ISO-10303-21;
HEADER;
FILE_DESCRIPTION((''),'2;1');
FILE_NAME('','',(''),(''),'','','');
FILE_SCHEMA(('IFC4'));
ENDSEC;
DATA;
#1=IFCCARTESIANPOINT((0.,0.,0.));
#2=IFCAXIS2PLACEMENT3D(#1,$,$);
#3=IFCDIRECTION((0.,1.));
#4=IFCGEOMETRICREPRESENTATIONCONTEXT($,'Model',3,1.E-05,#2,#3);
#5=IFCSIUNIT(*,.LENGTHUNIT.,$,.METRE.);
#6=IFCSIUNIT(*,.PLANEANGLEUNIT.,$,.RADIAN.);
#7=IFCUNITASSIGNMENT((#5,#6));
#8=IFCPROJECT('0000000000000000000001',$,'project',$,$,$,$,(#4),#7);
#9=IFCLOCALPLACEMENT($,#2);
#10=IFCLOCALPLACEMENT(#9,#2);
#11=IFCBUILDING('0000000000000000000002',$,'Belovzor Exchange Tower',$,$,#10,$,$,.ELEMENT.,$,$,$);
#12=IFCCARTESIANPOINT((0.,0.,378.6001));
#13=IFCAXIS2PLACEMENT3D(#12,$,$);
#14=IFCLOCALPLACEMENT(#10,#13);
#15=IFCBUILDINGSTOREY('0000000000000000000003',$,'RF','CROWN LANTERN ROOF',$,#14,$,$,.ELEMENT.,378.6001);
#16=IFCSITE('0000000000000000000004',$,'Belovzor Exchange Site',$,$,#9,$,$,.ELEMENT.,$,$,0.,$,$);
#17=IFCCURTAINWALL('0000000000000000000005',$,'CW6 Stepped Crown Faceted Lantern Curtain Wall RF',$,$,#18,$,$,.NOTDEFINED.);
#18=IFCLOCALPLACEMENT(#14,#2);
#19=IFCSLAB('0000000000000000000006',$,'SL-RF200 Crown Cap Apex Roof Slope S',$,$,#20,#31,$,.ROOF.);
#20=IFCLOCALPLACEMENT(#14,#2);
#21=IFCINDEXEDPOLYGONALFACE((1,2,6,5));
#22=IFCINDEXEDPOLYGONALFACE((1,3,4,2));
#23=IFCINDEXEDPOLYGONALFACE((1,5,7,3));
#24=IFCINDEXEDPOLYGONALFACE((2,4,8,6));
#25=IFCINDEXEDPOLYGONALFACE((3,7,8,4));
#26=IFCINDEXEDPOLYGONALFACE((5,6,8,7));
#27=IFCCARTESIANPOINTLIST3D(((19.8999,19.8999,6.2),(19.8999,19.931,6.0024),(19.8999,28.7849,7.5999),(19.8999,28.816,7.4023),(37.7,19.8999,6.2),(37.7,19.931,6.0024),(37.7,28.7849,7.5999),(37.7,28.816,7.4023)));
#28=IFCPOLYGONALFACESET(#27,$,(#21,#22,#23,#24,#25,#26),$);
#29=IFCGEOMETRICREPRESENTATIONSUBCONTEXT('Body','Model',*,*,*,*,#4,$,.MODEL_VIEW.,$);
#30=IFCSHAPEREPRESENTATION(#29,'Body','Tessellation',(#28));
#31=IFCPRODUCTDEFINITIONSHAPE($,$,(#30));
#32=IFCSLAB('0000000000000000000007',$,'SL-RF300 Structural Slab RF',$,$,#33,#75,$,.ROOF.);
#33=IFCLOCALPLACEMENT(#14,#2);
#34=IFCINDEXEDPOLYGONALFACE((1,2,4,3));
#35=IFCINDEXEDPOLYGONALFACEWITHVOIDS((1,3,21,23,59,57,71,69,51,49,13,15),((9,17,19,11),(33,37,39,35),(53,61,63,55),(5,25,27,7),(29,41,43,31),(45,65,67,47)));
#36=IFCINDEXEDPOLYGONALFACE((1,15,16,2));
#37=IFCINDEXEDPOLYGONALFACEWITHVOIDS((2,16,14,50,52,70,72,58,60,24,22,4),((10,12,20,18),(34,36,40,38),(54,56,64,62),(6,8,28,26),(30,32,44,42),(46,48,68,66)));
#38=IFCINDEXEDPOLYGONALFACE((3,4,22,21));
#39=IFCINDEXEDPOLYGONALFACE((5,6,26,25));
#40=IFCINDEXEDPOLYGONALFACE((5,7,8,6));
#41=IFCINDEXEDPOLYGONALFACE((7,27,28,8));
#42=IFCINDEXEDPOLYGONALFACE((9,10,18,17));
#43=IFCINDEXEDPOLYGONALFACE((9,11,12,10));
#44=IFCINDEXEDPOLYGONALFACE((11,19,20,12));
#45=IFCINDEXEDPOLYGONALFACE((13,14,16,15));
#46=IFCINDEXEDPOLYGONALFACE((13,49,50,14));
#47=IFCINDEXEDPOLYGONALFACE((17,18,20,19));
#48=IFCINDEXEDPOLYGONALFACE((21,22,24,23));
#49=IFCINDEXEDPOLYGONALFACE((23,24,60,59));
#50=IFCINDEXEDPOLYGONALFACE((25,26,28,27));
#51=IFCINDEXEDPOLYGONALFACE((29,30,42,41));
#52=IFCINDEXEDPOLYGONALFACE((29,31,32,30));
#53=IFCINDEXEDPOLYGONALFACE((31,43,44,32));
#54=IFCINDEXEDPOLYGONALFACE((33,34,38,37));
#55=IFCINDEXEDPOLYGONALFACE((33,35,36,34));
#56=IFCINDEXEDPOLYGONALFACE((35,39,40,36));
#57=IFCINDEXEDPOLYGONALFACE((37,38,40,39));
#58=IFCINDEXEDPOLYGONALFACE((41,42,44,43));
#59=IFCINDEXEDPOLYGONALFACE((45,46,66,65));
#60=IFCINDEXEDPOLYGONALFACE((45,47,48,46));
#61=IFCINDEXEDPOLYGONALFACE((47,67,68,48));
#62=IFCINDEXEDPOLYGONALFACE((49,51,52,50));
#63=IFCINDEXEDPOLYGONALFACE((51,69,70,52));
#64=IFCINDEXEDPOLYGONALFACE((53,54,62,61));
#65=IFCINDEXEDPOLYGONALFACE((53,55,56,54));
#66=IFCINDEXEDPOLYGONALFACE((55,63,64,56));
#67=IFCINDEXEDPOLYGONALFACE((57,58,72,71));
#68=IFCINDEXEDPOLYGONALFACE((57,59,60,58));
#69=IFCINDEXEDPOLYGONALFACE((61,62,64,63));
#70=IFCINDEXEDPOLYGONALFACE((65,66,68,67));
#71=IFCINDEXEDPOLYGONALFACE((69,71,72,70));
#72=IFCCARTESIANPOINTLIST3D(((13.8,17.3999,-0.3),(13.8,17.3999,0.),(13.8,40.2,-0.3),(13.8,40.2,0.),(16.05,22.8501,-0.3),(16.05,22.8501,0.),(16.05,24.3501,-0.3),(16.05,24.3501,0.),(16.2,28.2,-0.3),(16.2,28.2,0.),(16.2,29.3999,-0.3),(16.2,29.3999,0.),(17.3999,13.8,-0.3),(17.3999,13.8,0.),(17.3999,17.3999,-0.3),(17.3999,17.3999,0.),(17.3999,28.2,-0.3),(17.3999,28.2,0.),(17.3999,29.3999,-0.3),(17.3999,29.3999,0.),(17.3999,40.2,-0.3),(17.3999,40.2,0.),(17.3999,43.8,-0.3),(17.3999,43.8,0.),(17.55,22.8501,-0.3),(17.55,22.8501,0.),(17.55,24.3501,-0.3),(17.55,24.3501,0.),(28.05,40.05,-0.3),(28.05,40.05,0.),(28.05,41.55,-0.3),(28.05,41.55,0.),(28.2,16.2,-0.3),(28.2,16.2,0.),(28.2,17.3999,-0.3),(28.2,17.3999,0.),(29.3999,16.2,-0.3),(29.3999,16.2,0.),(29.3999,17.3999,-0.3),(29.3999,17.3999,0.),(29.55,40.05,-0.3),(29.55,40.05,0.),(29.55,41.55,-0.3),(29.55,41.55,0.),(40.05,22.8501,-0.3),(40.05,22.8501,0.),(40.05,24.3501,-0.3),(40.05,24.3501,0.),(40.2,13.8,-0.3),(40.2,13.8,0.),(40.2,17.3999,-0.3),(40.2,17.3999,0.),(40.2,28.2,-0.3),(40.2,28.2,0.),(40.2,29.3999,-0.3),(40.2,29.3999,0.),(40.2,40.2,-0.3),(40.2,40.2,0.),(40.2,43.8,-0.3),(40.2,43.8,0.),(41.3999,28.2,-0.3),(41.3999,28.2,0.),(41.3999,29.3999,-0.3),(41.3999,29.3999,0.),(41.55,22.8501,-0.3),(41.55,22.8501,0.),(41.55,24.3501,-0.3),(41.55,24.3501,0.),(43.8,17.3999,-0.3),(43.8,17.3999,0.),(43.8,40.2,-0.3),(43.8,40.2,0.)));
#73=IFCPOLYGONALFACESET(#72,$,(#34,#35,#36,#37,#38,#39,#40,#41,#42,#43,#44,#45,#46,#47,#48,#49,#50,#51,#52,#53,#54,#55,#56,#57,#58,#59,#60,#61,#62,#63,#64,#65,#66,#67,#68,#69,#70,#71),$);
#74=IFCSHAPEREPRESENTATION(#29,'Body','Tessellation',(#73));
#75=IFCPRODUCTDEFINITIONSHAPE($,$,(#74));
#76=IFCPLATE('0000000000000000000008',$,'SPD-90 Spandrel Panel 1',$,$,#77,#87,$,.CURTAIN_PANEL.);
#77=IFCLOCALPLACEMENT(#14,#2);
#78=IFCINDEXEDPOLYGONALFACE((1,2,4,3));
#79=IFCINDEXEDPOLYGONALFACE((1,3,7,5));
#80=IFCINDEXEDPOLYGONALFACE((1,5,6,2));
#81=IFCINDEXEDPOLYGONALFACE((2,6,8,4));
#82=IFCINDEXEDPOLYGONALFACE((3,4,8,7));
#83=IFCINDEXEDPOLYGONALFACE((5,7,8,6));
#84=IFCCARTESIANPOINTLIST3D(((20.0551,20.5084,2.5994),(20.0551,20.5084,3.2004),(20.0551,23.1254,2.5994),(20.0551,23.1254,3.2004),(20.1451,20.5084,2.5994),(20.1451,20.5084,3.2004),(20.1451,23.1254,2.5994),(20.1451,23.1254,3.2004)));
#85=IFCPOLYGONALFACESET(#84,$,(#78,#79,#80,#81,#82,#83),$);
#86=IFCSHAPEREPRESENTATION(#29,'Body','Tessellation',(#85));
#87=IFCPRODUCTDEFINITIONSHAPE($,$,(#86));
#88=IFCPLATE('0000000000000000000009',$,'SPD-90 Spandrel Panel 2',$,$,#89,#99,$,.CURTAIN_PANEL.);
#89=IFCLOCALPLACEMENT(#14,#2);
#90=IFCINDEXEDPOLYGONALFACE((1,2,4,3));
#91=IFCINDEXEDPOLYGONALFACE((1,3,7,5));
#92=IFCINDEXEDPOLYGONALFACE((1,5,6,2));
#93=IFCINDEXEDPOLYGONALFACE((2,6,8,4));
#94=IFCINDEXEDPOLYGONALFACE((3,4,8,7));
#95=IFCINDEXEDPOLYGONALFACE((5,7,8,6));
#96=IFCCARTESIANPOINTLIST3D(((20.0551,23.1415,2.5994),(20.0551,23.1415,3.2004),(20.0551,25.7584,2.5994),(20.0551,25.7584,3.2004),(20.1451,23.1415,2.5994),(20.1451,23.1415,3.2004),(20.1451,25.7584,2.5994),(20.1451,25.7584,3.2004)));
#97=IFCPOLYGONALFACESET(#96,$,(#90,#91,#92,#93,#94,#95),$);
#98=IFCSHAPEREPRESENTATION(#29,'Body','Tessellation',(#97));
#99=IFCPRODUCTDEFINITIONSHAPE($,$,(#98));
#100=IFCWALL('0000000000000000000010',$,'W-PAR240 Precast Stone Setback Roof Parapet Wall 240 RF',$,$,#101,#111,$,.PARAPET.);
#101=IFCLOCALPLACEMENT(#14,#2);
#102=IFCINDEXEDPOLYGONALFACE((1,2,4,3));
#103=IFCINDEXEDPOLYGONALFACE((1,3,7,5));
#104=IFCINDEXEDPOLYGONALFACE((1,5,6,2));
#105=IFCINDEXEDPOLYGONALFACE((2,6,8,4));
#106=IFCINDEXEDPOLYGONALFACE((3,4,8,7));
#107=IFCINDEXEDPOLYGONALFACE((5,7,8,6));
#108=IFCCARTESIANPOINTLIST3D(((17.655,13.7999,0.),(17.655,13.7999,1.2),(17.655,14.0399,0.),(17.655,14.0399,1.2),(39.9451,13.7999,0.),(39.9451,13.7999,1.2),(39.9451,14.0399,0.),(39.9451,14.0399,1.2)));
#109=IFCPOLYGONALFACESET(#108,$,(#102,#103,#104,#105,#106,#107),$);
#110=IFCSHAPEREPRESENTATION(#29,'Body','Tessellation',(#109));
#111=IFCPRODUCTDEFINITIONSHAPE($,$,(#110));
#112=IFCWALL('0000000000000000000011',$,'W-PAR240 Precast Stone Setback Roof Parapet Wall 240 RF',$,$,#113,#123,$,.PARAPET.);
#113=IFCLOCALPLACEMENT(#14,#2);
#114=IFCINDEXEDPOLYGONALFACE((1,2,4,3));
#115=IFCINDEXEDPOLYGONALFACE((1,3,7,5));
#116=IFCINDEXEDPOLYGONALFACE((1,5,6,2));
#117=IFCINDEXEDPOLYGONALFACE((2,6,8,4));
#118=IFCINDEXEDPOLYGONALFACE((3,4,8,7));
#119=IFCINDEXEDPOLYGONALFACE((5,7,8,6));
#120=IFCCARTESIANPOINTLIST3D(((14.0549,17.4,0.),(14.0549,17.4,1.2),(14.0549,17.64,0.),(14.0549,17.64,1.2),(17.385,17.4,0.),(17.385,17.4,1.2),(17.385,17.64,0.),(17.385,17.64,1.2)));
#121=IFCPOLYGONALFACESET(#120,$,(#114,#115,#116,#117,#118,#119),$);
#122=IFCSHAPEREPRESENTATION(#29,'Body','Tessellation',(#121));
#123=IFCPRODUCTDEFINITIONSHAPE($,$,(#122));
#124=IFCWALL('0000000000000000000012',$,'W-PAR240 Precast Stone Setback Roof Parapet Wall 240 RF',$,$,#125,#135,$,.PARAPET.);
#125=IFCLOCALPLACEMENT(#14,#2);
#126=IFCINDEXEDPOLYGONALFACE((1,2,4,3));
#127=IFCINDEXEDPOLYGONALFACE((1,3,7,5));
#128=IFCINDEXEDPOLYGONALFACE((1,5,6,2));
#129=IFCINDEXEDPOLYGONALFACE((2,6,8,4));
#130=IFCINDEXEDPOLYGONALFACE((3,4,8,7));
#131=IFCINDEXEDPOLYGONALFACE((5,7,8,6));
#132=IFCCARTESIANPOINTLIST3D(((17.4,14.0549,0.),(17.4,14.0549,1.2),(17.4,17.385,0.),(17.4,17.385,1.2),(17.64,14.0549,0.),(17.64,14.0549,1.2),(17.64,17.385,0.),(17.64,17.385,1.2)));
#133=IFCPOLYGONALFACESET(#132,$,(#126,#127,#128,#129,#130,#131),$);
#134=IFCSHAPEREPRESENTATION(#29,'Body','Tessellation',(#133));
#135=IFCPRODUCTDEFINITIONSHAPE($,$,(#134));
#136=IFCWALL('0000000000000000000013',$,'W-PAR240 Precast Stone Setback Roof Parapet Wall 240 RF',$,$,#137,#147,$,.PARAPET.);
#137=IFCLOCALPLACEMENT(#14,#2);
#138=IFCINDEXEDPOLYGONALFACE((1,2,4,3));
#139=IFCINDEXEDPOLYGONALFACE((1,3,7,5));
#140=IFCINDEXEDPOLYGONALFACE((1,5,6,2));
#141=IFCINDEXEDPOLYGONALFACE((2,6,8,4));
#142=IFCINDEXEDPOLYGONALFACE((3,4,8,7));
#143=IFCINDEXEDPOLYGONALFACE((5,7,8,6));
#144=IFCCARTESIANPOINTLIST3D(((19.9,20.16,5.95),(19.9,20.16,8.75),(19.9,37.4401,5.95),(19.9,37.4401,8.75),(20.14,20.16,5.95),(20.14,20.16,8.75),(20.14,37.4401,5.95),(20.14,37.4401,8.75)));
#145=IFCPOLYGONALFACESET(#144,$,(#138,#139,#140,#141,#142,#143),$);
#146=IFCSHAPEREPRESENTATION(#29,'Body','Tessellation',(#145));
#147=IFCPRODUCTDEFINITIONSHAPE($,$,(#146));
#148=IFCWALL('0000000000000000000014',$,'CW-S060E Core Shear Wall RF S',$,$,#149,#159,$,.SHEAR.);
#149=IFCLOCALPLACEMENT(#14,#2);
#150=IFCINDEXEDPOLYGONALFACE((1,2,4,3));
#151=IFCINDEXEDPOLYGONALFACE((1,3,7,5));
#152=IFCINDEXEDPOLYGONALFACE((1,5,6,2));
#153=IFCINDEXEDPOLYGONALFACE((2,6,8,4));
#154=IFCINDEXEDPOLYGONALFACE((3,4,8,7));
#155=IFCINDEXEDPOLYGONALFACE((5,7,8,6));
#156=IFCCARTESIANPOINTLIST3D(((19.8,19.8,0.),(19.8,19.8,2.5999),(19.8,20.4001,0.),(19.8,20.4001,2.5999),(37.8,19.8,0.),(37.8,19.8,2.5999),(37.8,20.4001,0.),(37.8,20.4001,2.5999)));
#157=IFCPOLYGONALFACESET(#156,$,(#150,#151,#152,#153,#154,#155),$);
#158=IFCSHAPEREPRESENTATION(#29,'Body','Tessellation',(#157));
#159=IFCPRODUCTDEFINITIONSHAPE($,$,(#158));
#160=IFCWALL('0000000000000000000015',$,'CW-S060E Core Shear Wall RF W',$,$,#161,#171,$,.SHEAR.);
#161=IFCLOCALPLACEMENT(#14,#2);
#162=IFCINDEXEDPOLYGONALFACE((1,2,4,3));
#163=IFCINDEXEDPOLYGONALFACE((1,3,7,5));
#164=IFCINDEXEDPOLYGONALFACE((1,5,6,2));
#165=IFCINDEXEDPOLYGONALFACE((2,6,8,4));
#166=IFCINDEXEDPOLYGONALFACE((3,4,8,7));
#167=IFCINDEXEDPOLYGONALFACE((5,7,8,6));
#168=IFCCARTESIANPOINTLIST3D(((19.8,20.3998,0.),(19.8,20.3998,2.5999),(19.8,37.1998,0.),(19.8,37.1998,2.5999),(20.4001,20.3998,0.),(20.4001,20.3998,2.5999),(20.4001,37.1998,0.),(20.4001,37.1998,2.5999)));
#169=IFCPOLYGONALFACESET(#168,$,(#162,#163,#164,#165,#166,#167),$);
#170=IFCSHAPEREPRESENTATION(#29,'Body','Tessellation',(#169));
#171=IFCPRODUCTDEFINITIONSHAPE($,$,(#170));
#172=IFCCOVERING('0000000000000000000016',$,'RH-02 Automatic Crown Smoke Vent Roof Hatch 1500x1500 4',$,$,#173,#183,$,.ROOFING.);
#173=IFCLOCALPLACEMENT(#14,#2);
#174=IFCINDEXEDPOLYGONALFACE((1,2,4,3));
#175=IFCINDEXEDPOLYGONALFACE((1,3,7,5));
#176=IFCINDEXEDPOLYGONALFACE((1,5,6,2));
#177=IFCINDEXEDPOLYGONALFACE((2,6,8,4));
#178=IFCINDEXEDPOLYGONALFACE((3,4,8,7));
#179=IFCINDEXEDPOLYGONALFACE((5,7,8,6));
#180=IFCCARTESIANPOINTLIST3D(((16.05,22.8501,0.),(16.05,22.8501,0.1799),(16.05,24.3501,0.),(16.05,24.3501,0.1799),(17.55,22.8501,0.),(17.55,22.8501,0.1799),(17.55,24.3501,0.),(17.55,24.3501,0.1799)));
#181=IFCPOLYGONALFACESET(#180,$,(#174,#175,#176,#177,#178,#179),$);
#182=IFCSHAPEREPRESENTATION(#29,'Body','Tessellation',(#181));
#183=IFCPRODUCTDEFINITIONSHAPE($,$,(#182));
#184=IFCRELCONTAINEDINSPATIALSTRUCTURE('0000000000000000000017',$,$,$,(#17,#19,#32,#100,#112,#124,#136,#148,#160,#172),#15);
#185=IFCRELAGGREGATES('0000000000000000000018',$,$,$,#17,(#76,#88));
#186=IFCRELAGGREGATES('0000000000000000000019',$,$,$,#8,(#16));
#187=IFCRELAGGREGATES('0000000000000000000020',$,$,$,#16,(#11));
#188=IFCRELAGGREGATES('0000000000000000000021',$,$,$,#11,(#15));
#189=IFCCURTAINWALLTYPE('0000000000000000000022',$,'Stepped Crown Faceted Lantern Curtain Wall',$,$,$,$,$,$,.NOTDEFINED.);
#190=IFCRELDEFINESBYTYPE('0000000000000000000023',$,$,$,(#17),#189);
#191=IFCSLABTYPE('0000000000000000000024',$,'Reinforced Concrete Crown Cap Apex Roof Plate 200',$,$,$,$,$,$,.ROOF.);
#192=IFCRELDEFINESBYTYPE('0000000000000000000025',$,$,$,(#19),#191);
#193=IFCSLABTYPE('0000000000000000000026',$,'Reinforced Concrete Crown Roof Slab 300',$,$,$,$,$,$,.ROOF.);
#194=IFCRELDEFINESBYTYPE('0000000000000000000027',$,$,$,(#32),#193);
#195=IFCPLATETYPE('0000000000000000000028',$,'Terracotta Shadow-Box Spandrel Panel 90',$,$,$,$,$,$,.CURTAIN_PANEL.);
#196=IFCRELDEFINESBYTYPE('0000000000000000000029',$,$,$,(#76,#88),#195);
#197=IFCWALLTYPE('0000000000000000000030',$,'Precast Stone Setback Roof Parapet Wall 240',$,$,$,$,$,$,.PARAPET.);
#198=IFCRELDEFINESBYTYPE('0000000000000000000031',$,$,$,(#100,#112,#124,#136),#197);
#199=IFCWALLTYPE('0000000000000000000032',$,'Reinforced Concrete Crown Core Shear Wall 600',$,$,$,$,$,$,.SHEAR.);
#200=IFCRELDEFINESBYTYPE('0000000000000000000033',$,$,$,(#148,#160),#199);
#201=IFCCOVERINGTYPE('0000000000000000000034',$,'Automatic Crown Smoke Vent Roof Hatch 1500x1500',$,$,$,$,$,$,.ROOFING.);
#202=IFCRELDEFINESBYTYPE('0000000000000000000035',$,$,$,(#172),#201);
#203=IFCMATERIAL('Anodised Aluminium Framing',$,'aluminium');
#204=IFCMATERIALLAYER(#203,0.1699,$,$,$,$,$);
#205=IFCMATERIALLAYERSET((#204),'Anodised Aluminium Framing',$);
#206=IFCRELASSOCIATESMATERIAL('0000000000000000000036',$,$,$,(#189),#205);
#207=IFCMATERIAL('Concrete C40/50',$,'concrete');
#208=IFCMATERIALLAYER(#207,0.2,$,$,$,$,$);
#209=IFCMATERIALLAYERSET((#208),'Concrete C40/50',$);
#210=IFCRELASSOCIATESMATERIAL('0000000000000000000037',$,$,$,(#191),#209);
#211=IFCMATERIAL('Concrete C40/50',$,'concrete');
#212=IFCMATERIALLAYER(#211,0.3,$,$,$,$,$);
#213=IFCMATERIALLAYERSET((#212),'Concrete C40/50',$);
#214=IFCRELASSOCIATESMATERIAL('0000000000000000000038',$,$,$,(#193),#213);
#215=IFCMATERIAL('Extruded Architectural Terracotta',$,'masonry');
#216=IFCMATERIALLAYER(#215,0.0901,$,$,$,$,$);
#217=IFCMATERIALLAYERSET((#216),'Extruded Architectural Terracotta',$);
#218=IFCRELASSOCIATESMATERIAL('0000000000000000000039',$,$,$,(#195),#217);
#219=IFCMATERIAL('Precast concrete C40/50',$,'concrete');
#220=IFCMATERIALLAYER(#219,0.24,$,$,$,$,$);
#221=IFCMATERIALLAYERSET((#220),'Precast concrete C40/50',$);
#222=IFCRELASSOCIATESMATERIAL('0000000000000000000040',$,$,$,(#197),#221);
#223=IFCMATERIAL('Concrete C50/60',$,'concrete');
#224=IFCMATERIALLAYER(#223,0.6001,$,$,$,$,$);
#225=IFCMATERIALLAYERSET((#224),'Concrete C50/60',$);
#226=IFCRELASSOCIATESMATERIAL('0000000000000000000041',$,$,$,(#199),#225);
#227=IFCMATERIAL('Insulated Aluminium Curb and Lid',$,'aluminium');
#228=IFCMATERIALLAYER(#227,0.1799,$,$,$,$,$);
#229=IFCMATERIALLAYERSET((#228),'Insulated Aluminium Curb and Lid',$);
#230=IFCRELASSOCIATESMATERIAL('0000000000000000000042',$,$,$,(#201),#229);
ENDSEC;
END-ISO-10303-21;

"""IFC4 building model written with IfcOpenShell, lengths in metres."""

from ifc_helpers import new_model, si_unit, direction, frame, frame_2d, origin, origin_2d, place, context, subcontext, project, spatial, polyline, rectangle, outline, extrude, material, layer, layer_set, type_object, element, aggregate, save


model = new_model("IFC4")

# Units and contexts
model_context = context("Model", 3, precision=1e-05, world=origin(), true_north=direction((0.0, 1.0)))
body_context = subcontext(model_context, "Body", "Model", "MODEL_VIEW")
ifc_project = project(units=[si_unit("LENGTHUNIT", "METRE"), si_unit("PLANEANGLEUNIT", "RADIAN")], contexts=[model_context])

# Site, building, storey
site_placement = place(None, origin())
site = spatial("IfcSite", under=ifc_project, at=site_placement, Name="Belovzor Exchange Site", CompositionType="ELEMENT", RefElevation=0.0)
building_placement = place(site_placement, origin())
building = spatial("IfcBuilding", under=site, at=building_placement, Name="Belovzor Exchange Tower", CompositionType="ELEMENT")
storey_placement = place(building_placement, frame((0.0, 0.0, 378.6001)))
storey = spatial("IfcBuildingStorey", under=building, at=storey_placement, Name="RF", Description="CROWN LANTERN ROOF", CompositionType="ELEMENT", Elevation=378.6001)

# Curtain wall
ifc_material_1 = material(Name="Anodised Aluminium Framing", Category="aluminium")
ifc_layer_1 = layer(ifc_material_1, 0.1699)
ifc_layer_set_1 = layer_set([ifc_layer_1], Name="Anodised Aluminium Framing")
curtain_wall_type = type_object("IfcCurtainWallType", Name="Stepped Crown Faceted Lantern Curtain Wall", PredefinedType="NOTDEFINED", material=ifc_layer_set_1)
curtain_wall_placement = place(storey_placement, origin())
curtain_wall = element("IfcCurtainWall", 1, at=curtain_wall_placement, inside=storey, type_object=curtain_wall_type, Name="CW6 Stepped Crown Faceted Lantern Curtain Wall RF", PredefinedType="NOTDEFINED")

# Slabs
ifc_material_2 = material(Name="Concrete C40/50", Category="concrete")
ifc_layer_2 = layer(ifc_material_2, 0.2)
ifc_layer_set_2 = layer_set([ifc_layer_2], Name="Concrete C40/50")
slab_type_1 = type_object("IfcSlabType", Name="Reinforced Concrete Crown Cap Apex Roof Plate 200", PredefinedType="ROOF", material=ifc_layer_set_2)
slab_1_placement = place(storey_placement, frame((19.8999, 19.8999, 6.2), z_axis=(0.0, -0.155638, 0.987814), x_axis=(1.0, 0.0, 0.0)))
element("IfcSlab", 2, at=slab_1_placement, inside=storey, type_object=slab_type_1, Name="SL-RF200 Crown Cap Apex Roof Slope S", PredefinedType="ROOF", context=body_context, shape_type="SweptSolid", body=[
    extrude(outline(polyline([(0.0, 0.0), (17.8, 0.0), (17.8, 8.9946), (0.0, 8.9946), (0.0, 0.0)])), origin(), (0.0, 0.0, -1.0), 0.2),
])
ifc_material_3 = material(Name="Concrete C40/50", Category="concrete")
ifc_layer_3 = layer(ifc_material_3, 0.3)
ifc_layer_set_3 = layer_set([ifc_layer_3], Name="Concrete C40/50")
slab_type_2 = type_object("IfcSlabType", Name="Reinforced Concrete Crown Roof Slab 300", PredefinedType="ROOF", material=ifc_layer_set_3)
slab_2_placement = place(storey_placement, frame((0.0, 0.0, -0.3)))
element("IfcSlab", 3, at=slab_2_placement, inside=storey, type_object=slab_type_2, Name="SL-RF300 Structural Slab RF", PredefinedType="ROOF", context=body_context, shape_type="SweptSolid", body=[
    extrude(outline(polyline([(17.3999, 13.8), (40.2, 13.8), (40.2, 17.3999), (43.8, 17.3999), (43.8, 40.2), (40.2, 40.2), (40.2, 43.8), (17.3999, 43.8), (17.3999, 40.2), (13.8, 40.2), (13.8, 17.3999), (17.3999, 17.3999), (17.3999, 13.8)]), holes=[polyline([(16.2, 28.2), (17.3999, 28.2), (17.3999, 29.3999), (16.2, 29.3999), (16.2, 28.2)]), polyline([(40.2, 28.2), (41.3999, 28.2), (41.3999, 29.3999), (40.2, 29.3999), (40.2, 28.2)]), polyline([(28.2, 16.2), (29.3999, 16.2), (29.3999, 17.3999), (28.2, 17.3999), (28.2, 16.2)]), polyline([(16.05, 22.8501), (17.55, 22.8501), (17.55, 24.3501), (16.05, 24.3501), (16.05, 22.8501)]), polyline([(40.05, 22.8501), (41.55, 22.8501), (41.55, 24.3501), (40.05, 24.3501), (40.05, 22.8501)]), polyline([(28.05, 40.05), (29.55, 40.05), (29.55, 41.55), (28.05, 41.55), (28.05, 40.05)])]), origin(), (0.0, 0.0, 1.0), 0.3),
])

# Plates
ifc_material_4 = material(Name="Extruded Architectural Terracotta", Category="masonry")
ifc_layer_4 = layer(ifc_material_4, 0.0901)
ifc_layer_set_4 = layer_set([ifc_layer_4], Name="Extruded Architectural Terracotta")
plate_type_1 = type_object("IfcPlateType", Name="Terracotta Shadow-Box Spandrel Panel 90", PredefinedType="CURTAIN_PANEL", material=ifc_layer_set_4)
plate_1_placement = place(storey_placement, frame((20.1001, 21.8169, 2.5994), z_axis=(0.0, 0.0, 1.0), x_axis=(0.0, 1.0, 0.0)))
plate_1 = element("IfcPlate", 4, at=plate_1_placement, type_object=plate_type_1, Name="SPD-90 Spandrel Panel 1", PredefinedType="CURTAIN_PANEL", context=body_context, shape_type="SweptSolid", body=[
    extrude(rectangle(XDim=2.6169, YDim=0.0901, at=origin_2d()), origin(), (0.0, 0.0, 1.0), 0.6011),
])
plate_2_placement = place(storey_placement, frame((20.1001, 24.45, 2.5994), z_axis=(0.0, 0.0, 1.0), x_axis=(0.0, 1.0, 0.0)))
plate_2 = element("IfcPlate", 5, at=plate_2_placement, type_object=plate_type_1, Name="SPD-90 Spandrel Panel 2", PredefinedType="CURTAIN_PANEL", context=body_context, shape_type="SweptSolid", body=[
    extrude(rectangle(XDim=2.6169, YDim=0.0901, at=origin_2d()), origin(), (0.0, 0.0, 1.0), 0.6011),
])
aggregate(curtain_wall, [plate_1, plate_2])

# Walls
ifc_material_5 = material(Name="Precast concrete C40/50", Category="concrete")
ifc_layer_5 = layer(ifc_material_5, 0.24)
ifc_layer_set_5 = layer_set([ifc_layer_5], Name="Precast concrete C40/50")
wall_type_1 = type_object("IfcWallType", Name="Precast Stone Setback Roof Parapet Wall 240", PredefinedType="PARAPET", material=ifc_layer_set_5)
wall_1_placement = place(storey_placement, frame((17.655, 13.9199, 0.0), z_axis=(0.0, 0.0, 1.0), x_axis=(1.0, 0.0, 0.0)))
element("IfcWall", 6, at=wall_1_placement, inside=storey, type_object=wall_type_1, Name="W-PAR240 Precast Stone Setback Roof Parapet Wall 240 RF", PredefinedType="PARAPET", context=body_context, shape_type="SweptSolid", body=[
    extrude(rectangle(XDim=22.29, YDim=0.24, at=frame_2d((11.145, 0.0))), origin(), (0.0, 0.0, 1.0), 1.2),
])
for number, where, z_axis, x_axis, name in (
    (7, (14.0549, 17.52, 0.0), (0.0, 0.0, 1.0), (1.0, 0.0, 0.0), "W-PAR240 Precast Stone Setback Roof Parapet Wall 240 RF"),
    (8, (17.52, 17.385, 0.0), (0.0, 0.0, 1.0), (0.0, -1.0, 0.0), "W-PAR240 Precast Stone Setback Roof Parapet Wall 240 RF"),
):
    element("IfcWall", number, at=place(storey_placement, frame(where, z_axis=z_axis, x_axis=x_axis)), inside=storey, type_object=wall_type_1, Name=name, PredefinedType="PARAPET", context=body_context, shape_type="SweptSolid", body=[
        extrude(rectangle(XDim=3.3301, YDim=0.24, at=frame_2d((1.665, 0.0))), origin(), (0.0, 0.0, 1.0), 1.2),
    ])
wall_2_placement = place(storey_placement, frame((20.02, 20.1599, 5.95), z_axis=(0.0, 0.0, 1.0), x_axis=(0.0, 1.0, 0.0)))
element("IfcWall", 9, at=wall_2_placement, inside=storey, type_object=wall_type_1, Name="W-PAR240 Precast Stone Setback Roof Parapet Wall 240 RF", PredefinedType="PARAPET", context=body_context, shape_type="SweptSolid", body=[
    extrude(rectangle(XDim=17.28, YDim=0.24, at=frame_2d((8.6401, 0.0))), origin(), (0.0, 0.0, 1.0), 2.8),
])
ifc_material_6 = material(Name="Concrete C50/60", Category="concrete")
ifc_layer_6 = layer(ifc_material_6, 0.6001)
ifc_layer_set_6 = layer_set([ifc_layer_6], Name="Concrete C50/60")
wall_type_2 = type_object("IfcWallType", Name="Reinforced Concrete Crown Core Shear Wall 600", PredefinedType="SHEAR", material=ifc_layer_set_6)
wall_3_placement = place(storey_placement, frame((19.8, 20.1001, 0.0), z_axis=(0.0, 0.0, 1.0), x_axis=(1.0, 0.0, 0.0)))
element("IfcWall", 10, at=wall_3_placement, inside=storey, type_object=wall_type_2, Name="CW-S060E Core Shear Wall RF S", PredefinedType="SHEAR", context=body_context, shape_type="SweptSolid", body=[
    extrude(rectangle(XDim=18.0, YDim=0.6001, at=frame_2d((9.0, 0.0))), origin(), (0.0, 0.0, 1.0), 2.5999),
])
wall_4_placement = place(storey_placement, frame((20.1001, 20.3999, 0.0), z_axis=(0.0, 0.0, 1.0), x_axis=(0.0, 1.0, 0.0)))
element("IfcWall", 11, at=wall_4_placement, inside=storey, type_object=wall_type_2, Name="CW-S060E Core Shear Wall RF W", PredefinedType="SHEAR", context=body_context, shape_type="SweptSolid", body=[
    extrude(rectangle(XDim=16.8, YDim=0.6001, at=frame_2d((8.3999, 0.0))), origin(), (0.0, 0.0, 1.0), 2.5999),
])

# Covering
ifc_material_7 = material(Name="Insulated Aluminium Curb and Lid", Category="aluminium")
ifc_layer_7 = layer(ifc_material_7, 0.1799)
ifc_layer_set_7 = layer_set([ifc_layer_7], Name="Insulated Aluminium Curb and Lid")
covering_type = type_object("IfcCoveringType", Name="Automatic Crown Smoke Vent Roof Hatch 1500x1500", PredefinedType="ROOFING", material=ifc_layer_set_7)
covering_placement = place(storey_placement, frame((16.8, 23.6001, 0.0), z_axis=(0.0, 0.0, 1.0), x_axis=(1.0, 0.0, 0.0)))
element("IfcCovering", 12, at=covering_placement, inside=storey, type_object=covering_type, Name="RH-02 Automatic Crown Smoke Vent Roof Hatch 1500x1500 4", PredefinedType="ROOFING", context=body_context, shape_type="SweptSolid", body=[
    extrude(rectangle(XDim=1.5, YDim=1.5, at=origin_2d()), origin(), (0.0, 0.0, 1.0), 0.1799),
])

save(model, "model.ifc")
